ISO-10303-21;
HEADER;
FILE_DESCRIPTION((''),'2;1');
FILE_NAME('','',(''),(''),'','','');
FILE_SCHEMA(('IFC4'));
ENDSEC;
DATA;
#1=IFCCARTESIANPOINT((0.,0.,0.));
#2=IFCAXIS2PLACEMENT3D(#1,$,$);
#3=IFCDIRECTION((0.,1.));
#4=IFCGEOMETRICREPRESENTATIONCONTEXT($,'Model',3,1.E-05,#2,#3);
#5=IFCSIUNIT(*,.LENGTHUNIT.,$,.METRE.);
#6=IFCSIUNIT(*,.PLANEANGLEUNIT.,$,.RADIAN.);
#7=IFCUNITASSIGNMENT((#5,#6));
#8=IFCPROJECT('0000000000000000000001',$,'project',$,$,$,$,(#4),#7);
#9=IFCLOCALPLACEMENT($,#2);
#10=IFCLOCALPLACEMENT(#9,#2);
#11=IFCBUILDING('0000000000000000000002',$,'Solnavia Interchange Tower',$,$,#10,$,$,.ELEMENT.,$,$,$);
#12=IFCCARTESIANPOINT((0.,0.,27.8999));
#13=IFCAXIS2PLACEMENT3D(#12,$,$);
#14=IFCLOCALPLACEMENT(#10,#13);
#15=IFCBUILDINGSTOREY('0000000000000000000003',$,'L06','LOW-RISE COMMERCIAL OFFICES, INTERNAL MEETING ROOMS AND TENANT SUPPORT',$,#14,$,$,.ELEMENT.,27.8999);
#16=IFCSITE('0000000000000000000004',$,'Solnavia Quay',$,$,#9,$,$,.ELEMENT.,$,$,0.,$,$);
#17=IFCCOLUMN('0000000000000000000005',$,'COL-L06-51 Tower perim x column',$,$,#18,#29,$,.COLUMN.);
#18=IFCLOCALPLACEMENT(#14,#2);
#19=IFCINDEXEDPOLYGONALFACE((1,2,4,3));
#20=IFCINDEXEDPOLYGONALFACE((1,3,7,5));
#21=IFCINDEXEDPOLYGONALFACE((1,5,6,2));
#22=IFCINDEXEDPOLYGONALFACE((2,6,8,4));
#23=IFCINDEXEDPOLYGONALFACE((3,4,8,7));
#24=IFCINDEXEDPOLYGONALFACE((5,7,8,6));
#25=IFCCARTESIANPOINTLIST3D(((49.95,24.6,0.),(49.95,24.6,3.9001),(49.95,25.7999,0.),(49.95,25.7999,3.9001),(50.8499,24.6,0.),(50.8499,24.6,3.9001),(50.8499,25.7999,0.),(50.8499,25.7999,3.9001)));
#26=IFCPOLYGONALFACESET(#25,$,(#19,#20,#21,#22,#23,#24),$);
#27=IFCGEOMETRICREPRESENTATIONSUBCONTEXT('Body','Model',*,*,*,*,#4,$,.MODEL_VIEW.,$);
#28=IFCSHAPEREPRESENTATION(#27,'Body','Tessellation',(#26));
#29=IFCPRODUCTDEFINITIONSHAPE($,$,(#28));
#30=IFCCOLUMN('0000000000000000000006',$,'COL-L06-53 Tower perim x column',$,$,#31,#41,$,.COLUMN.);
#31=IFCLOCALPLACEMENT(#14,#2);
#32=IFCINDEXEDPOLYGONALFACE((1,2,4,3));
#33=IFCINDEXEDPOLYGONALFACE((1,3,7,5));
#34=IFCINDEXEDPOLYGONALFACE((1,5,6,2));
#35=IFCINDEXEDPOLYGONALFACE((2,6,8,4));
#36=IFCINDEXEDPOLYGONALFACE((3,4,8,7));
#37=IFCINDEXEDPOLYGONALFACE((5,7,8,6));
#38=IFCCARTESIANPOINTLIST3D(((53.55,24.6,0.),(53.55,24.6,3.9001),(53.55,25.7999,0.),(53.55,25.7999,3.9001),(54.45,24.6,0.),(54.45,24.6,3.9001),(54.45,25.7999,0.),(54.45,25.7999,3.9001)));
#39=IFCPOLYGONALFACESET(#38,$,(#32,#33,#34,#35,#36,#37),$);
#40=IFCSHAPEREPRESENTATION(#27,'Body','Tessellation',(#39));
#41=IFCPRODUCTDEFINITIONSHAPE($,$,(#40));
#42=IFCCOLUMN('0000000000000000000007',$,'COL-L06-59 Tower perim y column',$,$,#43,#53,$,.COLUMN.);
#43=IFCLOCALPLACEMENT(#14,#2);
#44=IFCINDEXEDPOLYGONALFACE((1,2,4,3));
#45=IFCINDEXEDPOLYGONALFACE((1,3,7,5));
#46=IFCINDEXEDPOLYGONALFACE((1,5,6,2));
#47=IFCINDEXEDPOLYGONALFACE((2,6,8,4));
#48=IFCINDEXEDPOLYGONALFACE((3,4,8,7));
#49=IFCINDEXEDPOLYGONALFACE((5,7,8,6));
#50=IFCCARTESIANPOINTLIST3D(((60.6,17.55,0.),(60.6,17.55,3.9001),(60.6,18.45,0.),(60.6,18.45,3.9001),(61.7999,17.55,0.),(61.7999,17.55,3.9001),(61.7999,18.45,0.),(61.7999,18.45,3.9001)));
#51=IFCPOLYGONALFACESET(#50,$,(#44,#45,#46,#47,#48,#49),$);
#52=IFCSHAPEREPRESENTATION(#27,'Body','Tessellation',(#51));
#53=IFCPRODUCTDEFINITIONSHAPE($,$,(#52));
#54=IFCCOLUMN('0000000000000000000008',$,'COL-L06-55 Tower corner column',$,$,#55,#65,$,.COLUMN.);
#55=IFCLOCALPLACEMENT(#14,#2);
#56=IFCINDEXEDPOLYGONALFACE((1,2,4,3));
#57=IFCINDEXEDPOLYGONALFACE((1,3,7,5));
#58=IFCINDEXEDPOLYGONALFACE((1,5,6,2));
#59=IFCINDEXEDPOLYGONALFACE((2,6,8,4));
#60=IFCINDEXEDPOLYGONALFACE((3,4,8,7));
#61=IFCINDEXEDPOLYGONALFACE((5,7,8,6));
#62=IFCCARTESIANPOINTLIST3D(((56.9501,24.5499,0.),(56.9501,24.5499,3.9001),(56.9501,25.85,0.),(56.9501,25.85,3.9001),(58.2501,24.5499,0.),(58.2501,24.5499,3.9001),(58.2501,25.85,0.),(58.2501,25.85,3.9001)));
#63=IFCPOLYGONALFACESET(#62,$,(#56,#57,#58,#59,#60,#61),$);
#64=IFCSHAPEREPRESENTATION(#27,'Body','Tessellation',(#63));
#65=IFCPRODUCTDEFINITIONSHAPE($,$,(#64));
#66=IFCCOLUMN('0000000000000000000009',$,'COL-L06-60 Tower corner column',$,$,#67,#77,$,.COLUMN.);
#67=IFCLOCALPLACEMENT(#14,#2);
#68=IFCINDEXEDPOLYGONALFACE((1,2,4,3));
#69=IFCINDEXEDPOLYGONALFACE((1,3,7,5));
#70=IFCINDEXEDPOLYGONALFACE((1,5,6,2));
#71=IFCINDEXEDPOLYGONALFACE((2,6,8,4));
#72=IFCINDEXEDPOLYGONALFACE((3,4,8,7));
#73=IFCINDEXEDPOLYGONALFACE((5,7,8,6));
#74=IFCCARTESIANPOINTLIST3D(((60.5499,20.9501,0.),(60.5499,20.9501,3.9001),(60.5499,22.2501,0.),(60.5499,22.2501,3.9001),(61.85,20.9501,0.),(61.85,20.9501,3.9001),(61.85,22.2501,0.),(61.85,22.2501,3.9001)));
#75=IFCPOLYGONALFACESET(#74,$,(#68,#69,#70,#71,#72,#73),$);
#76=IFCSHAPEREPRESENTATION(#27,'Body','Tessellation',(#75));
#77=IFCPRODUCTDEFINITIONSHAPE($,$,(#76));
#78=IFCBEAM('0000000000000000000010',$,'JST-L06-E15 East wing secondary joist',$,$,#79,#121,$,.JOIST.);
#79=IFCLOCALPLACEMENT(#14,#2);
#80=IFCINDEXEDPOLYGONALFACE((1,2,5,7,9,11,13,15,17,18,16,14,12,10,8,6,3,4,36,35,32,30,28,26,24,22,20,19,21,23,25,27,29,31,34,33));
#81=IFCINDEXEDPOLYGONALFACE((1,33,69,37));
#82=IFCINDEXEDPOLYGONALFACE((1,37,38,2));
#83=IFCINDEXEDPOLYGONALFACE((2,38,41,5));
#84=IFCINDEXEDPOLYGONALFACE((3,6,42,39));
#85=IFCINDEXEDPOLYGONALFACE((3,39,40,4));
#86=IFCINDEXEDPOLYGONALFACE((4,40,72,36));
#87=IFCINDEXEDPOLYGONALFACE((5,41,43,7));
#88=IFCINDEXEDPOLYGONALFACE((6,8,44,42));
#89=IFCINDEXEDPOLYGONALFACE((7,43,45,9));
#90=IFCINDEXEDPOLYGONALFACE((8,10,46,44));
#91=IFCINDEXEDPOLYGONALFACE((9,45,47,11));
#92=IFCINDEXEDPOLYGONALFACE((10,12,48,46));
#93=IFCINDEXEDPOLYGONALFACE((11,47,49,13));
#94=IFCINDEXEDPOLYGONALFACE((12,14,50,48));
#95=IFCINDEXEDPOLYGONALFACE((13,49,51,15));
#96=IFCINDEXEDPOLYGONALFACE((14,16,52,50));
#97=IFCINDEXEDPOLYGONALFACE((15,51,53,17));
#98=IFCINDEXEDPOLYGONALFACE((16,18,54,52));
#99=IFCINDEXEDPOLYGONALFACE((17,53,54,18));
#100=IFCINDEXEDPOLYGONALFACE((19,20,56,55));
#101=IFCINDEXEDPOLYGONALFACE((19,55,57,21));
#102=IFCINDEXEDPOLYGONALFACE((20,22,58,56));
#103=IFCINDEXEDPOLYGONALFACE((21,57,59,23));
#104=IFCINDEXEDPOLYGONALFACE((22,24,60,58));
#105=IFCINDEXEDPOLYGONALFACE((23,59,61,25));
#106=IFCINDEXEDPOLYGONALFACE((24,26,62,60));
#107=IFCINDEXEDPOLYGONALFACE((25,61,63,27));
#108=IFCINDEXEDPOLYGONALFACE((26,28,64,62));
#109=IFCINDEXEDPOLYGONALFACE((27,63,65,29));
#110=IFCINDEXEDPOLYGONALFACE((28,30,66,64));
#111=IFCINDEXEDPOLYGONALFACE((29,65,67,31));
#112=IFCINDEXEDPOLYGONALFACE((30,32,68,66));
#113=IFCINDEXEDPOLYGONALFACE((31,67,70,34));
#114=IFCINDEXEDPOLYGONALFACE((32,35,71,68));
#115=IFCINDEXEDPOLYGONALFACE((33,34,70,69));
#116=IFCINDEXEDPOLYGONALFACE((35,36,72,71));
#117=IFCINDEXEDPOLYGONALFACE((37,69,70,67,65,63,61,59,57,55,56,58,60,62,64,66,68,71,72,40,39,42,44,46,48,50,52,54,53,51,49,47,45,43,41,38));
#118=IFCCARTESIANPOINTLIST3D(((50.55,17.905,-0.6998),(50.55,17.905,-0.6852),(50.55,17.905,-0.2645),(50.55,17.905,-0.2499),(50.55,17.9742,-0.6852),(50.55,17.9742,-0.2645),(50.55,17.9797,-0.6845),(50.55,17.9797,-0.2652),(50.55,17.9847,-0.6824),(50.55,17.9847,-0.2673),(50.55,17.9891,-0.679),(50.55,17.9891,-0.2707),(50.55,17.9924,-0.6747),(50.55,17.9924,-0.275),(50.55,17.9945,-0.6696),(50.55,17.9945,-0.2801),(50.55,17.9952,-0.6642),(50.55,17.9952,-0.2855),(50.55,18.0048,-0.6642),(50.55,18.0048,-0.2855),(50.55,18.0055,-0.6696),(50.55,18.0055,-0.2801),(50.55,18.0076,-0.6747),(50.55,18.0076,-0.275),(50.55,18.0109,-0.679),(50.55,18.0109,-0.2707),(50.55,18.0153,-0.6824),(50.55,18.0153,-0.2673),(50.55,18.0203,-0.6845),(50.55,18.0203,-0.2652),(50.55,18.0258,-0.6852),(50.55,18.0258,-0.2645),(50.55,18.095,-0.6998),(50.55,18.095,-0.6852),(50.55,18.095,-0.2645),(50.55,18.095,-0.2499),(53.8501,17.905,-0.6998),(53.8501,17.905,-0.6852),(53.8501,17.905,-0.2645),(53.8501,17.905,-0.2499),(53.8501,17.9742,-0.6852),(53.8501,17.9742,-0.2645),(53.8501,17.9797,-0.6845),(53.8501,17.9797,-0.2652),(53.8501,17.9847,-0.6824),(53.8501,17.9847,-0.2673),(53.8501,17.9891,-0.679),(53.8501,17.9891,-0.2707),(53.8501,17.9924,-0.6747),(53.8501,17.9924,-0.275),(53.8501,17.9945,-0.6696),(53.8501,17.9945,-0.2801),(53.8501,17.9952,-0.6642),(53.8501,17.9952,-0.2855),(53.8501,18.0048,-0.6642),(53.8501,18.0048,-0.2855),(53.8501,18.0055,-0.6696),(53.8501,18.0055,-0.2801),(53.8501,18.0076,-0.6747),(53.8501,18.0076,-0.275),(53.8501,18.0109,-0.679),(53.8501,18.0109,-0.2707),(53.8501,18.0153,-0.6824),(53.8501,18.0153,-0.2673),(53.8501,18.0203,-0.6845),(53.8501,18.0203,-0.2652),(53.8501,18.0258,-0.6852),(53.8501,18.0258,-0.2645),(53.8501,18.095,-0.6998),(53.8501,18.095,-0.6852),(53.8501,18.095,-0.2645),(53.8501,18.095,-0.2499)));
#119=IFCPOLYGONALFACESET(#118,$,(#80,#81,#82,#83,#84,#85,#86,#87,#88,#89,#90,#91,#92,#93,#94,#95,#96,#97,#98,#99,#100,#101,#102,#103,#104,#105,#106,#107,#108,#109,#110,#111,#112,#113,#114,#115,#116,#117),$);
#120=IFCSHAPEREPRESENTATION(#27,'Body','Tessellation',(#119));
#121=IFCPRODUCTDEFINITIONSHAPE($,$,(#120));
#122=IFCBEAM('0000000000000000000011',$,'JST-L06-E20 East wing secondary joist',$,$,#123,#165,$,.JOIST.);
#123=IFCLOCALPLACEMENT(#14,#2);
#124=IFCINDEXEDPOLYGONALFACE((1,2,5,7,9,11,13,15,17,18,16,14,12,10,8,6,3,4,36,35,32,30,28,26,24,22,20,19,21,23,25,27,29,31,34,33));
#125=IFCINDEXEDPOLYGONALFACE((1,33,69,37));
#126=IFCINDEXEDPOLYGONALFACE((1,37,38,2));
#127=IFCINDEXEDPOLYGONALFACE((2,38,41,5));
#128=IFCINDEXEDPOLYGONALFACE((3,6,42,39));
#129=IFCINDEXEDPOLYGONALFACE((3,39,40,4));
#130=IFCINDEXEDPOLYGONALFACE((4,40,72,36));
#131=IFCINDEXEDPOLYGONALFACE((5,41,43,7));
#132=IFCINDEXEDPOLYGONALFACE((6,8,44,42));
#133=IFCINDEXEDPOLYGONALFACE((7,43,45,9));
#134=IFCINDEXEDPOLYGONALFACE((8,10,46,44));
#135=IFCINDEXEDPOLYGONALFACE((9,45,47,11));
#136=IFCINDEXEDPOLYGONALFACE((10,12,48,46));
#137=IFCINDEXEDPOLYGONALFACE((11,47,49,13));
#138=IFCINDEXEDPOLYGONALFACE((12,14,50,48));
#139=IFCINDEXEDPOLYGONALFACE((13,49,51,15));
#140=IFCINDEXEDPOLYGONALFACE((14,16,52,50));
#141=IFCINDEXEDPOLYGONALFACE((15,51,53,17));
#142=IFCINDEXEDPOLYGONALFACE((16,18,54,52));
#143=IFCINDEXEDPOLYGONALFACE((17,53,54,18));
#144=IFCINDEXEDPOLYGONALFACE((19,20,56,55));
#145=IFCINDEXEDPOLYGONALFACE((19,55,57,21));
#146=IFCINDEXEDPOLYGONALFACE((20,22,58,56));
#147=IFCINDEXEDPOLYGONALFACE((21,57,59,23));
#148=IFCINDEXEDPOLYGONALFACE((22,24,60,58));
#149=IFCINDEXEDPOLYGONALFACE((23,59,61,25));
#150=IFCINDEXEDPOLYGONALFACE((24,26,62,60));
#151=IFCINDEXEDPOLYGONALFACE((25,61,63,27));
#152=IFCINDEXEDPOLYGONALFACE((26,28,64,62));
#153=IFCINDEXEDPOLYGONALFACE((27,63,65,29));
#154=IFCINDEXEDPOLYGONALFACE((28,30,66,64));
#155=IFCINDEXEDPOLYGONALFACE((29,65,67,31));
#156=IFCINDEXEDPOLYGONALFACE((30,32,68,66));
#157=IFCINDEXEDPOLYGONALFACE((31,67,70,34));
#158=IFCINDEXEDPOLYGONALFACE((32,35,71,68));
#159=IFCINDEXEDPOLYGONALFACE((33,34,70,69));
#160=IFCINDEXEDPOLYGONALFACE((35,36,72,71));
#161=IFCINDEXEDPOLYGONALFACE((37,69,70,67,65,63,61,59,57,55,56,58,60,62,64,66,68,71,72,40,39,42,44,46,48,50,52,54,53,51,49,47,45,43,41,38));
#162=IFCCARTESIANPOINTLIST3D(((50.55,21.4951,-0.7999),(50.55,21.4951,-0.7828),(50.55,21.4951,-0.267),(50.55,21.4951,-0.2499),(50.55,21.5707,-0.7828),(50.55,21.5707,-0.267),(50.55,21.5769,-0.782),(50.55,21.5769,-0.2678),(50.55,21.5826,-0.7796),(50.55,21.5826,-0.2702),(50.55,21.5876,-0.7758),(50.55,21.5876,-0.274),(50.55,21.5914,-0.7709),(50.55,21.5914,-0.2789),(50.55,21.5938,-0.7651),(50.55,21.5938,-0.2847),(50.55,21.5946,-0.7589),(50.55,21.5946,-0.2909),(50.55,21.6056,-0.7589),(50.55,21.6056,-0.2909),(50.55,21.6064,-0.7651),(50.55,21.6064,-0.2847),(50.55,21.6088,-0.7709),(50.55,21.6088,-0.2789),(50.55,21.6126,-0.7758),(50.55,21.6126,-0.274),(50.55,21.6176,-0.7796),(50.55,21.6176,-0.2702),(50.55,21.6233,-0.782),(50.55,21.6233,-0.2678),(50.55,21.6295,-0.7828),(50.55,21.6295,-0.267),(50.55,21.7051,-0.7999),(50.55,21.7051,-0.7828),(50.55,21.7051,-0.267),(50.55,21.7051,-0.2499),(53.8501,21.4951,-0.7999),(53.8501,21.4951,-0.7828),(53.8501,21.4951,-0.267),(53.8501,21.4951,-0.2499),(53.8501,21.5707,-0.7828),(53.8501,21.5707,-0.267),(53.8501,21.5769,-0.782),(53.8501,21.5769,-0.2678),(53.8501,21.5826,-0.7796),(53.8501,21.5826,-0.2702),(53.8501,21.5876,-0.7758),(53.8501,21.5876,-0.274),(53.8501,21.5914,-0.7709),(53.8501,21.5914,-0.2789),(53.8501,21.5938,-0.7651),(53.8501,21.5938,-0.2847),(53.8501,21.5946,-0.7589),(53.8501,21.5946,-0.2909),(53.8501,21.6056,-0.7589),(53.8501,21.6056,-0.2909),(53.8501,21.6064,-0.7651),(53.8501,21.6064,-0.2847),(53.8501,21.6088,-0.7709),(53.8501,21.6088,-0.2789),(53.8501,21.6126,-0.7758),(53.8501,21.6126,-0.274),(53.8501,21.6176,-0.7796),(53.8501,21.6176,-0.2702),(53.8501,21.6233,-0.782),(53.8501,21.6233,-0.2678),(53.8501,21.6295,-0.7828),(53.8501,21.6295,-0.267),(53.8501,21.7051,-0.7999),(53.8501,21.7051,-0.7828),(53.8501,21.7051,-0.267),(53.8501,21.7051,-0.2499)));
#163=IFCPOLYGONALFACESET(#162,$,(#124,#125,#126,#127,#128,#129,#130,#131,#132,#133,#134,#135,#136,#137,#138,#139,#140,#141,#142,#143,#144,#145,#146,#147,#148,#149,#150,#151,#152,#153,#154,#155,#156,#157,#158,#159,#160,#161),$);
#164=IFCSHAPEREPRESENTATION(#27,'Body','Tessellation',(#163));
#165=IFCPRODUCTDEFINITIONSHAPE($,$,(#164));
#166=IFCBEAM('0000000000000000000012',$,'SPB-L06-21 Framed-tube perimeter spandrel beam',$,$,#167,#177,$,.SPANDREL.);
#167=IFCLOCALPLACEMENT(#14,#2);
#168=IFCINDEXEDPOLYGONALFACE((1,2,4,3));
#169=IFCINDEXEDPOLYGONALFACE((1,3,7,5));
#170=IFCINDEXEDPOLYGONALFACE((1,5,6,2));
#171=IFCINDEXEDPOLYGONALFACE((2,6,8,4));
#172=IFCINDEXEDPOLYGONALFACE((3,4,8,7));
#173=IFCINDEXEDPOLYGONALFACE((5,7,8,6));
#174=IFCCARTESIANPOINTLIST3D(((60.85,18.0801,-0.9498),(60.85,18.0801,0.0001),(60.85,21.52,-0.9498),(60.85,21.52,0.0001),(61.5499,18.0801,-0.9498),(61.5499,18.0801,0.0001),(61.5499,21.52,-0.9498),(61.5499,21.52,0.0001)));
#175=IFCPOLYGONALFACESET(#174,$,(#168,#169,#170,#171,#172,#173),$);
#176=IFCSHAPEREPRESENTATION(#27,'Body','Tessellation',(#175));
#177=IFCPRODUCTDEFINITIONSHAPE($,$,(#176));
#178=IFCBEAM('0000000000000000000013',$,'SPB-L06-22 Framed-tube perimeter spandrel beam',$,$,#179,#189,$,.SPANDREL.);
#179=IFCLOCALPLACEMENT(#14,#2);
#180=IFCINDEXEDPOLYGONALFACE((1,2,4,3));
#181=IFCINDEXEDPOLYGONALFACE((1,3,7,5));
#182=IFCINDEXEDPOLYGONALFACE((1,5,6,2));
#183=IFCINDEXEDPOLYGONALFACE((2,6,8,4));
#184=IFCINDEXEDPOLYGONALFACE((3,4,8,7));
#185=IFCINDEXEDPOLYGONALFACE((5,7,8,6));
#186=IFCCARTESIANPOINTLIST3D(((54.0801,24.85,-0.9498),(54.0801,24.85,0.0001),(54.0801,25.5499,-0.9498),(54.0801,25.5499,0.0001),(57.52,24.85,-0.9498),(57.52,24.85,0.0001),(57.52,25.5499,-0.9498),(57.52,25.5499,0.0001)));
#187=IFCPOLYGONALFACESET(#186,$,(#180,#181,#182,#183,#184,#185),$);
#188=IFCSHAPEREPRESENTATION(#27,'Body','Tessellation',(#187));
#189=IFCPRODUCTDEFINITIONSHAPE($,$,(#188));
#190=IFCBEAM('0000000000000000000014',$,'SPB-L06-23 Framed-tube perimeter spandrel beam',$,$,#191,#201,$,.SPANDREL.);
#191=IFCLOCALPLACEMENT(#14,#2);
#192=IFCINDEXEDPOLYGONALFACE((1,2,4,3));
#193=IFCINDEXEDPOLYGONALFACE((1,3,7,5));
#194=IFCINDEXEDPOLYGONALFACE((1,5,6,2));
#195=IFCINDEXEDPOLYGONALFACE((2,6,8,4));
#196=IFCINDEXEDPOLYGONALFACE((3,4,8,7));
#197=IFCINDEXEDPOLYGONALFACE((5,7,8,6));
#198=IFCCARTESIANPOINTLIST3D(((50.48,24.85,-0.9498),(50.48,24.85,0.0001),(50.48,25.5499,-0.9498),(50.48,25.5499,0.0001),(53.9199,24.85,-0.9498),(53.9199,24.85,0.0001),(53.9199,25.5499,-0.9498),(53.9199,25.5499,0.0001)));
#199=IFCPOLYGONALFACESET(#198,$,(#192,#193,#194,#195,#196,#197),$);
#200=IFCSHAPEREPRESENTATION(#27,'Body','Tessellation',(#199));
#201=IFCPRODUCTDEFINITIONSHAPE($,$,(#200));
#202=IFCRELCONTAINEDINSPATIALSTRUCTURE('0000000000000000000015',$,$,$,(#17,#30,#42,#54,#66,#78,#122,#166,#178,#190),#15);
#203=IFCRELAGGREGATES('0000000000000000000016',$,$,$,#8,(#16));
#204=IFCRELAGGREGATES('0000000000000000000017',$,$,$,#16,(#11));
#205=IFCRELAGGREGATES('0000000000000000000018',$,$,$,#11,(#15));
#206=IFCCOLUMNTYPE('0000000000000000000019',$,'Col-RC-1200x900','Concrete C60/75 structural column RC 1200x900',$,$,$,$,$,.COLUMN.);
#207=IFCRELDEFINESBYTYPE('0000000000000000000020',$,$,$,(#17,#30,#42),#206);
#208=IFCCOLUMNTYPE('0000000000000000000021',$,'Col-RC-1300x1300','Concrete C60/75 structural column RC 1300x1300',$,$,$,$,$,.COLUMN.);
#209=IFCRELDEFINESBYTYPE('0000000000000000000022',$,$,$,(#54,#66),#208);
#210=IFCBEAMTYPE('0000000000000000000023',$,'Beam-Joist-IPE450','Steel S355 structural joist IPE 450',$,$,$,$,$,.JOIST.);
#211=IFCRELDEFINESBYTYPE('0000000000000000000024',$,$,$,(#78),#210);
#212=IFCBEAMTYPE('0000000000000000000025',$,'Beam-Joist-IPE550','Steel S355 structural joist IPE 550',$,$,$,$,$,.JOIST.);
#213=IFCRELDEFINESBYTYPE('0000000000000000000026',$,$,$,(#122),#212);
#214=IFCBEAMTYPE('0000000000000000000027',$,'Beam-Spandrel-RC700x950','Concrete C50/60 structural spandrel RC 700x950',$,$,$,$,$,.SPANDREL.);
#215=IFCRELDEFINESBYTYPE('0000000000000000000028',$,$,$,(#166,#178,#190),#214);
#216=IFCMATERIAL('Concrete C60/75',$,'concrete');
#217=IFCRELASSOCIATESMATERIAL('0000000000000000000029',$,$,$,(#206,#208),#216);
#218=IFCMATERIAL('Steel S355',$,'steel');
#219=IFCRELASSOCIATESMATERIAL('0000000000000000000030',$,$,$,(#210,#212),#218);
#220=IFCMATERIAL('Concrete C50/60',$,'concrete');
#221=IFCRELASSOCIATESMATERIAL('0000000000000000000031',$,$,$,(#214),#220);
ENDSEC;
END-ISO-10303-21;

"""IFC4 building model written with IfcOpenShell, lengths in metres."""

from ifc_helpers import new_model, si_unit, direction, frame, origin, origin_2d, place, context, subcontext, project, spatial, rectangle, i_section, extrude, material, material_profile, profile_set, type_object, element, save


model = new_model("IFC4")

# Units and contexts
model_context = context("Model", 3, precision=1e-05, world=origin(), true_north=direction((0.0, 1.0)))
body_context = subcontext(model_context, "Body", "Model", "MODEL_VIEW")
ifc_project = project(units=[si_unit("LENGTHUNIT", "METRE"), si_unit("PLANEANGLEUNIT", "RADIAN")], contexts=[model_context])

# Site, building, storey
site_placement = place(None, origin())
site = spatial("IfcSite", under=ifc_project, at=site_placement, Name="Solnavia Quay", CompositionType="ELEMENT", RefElevation=0.0)
building_placement = place(site_placement, origin())
building = spatial("IfcBuilding", under=site, at=building_placement, Name="Solnavia Interchange Tower", CompositionType="ELEMENT")
storey_placement = place(building_placement, frame((0.0, 0.0, 27.8999)))
storey = spatial("IfcBuildingStorey", under=building, at=storey_placement, Name="L06", Description="LOW-RISE COMMERCIAL OFFICES, INTERNAL MEETING ROOMS AND TENANT SUPPORT", CompositionType="ELEMENT", Elevation=27.8999)

# Columns
ifc_material_1 = material(Name="Concrete C60/75", Category="concrete")
ifc_material_profile_1 = material_profile(ifc_material_1, rectangle(XDim=0.8999, YDim=1.2, at=origin_2d()), Name="RC 1200x900")
ifc_profile_set_1 = profile_set([ifc_material_profile_1], Name="Concrete C60/75")
column_type_1 = type_object("IfcColumnType", Name="Col-RC-1200x900", Description="Concrete C60/75 structural column RC 1200x900", PredefinedType="COLUMN", material=ifc_profile_set_1)
for number, where, z_axis, x_axis, name in (
    (1, (50.3999, 25.2, 0.0), (0.0, 0.0, 1.0), (1.0, 0.0, 0.0), "COL-L06-51 Tower perim x column"),
    (2, (54.0, 25.2, 0.0), (0.0, 0.0, 1.0), (1.0, 0.0, 0.0), "COL-L06-53 Tower perim x column"),
    (3, (61.2, 18.0, 0.0), (0.0, 0.0, 1.0), (0.0, 1.0, 0.0), "COL-L06-59 Tower perim y column"),
):
    element("IfcColumn", number, at=place(storey_placement, frame(where, z_axis=z_axis, x_axis=x_axis)), inside=storey, type_object=column_type_1, Name=name, PredefinedType="COLUMN", context=body_context, shape_type="SweptSolid", body=[
        extrude(rectangle(XDim=0.8999, YDim=1.2, at=origin_2d()), origin(), (0.0, 0.0, 1.0), 3.9001),
    ])
ifc_material_profile_2 = material_profile(ifc_material_1, rectangle(XDim=1.3, YDim=1.3, at=origin_2d()), Name="RC 1300x1300")
ifc_profile_set_2 = profile_set([ifc_material_profile_2], Name="Concrete C60/75")
column_type_2 = type_object("IfcColumnType", Name="Col-RC-1300x1300", Description="Concrete C60/75 structural column RC 1300x1300", PredefinedType="COLUMN", material=ifc_profile_set_2)
for number, where, z_axis, x_axis, name in (
    (4, (57.6001, 25.2, 0.0), (0.0, 0.0, 1.0), (1.0, 0.0, 0.0), "COL-L06-55 Tower corner column"),
    (5, (61.2, 21.6001, 0.0), (0.0, 0.0, 1.0), (0.0, 1.0, 0.0), "COL-L06-60 Tower corner column"),
):
    element("IfcColumn", number, at=place(storey_placement, frame(where, z_axis=z_axis, x_axis=x_axis)), inside=storey, type_object=column_type_2, Name=name, PredefinedType="COLUMN", context=body_context, shape_type="SweptSolid", body=[
        extrude(rectangle(XDim=1.3, YDim=1.3, at=origin_2d()), origin(), (0.0, 0.0, 1.0), 3.9001),
    ])

# Beams
ifc_material_2 = material(Name="Steel S355", Category="steel")
ifc_material_profile_3 = material_profile(ifc_material_2, i_section(OverallWidth=0.1899, OverallDepth=0.45, WebThickness=0.0095, FlangeThickness=0.0146, FilletRadius=0.021, at=origin_2d()), Name="IPE 450")
ifc_profile_set_3 = profile_set([ifc_material_profile_3], Name="Steel S355")
beam_type_1 = type_object("IfcBeamType", Name="Beam-Joist-IPE450", Description="Steel S355 structural joist IPE 450", PredefinedType="JOIST", material=ifc_profile_set_3)
beam_1_placement = place(storey_placement, frame((50.55, 18.0, -0.4749), z_axis=(1.0, 0.0, 0.0), x_axis=(0.0, 1.0, 0.0)))
element("IfcBeam", 6, at=beam_1_placement, inside=storey, type_object=beam_type_1, Name="JST-L06-E15 East wing secondary joist", PredefinedType="JOIST", context=body_context, shape_type="SweptSolid", body=[
    extrude(i_section(OverallWidth=0.1899, OverallDepth=0.45, WebThickness=0.0095, FlangeThickness=0.0146, FilletRadius=0.021, at=origin_2d()), origin(), (0.0, 0.0, 1.0), 3.3),
])
ifc_material_profile_4 = material_profile(ifc_material_2, i_section(OverallWidth=0.21, OverallDepth=0.55, WebThickness=0.011, FlangeThickness=0.0171, FilletRadius=0.0239, at=origin_2d()), Name="IPE 550")
ifc_profile_set_4 = profile_set([ifc_material_profile_4], Name="Steel S355")
beam_type_2 = type_object("IfcBeamType", Name="Beam-Joist-IPE550", Description="Steel S355 structural joist IPE 550", PredefinedType="JOIST", material=ifc_profile_set_4)
beam_2_placement = place(storey_placement, frame((50.55, 21.6001, -0.5249), z_axis=(1.0, 0.0, 0.0), x_axis=(0.0, 1.0, 0.0)))
element("IfcBeam", 7, at=beam_2_placement, inside=storey, type_object=beam_type_2, Name="JST-L06-E20 East wing secondary joist", PredefinedType="JOIST", context=body_context, shape_type="SweptSolid", body=[
    extrude(i_section(OverallWidth=0.21, OverallDepth=0.55, WebThickness=0.011, FlangeThickness=0.0171, FilletRadius=0.0239, at=origin_2d()), origin(), (0.0, 0.0, 1.0), 3.3),
])
ifc_material_3 = material(Name="Concrete C50/60", Category="concrete")
ifc_material_profile_5 = material_profile(ifc_material_3, rectangle(XDim=0.7, YDim=0.95, at=origin_2d()), Name="RC 700x950")
ifc_profile_set_5 = profile_set([ifc_material_profile_5], Name="Concrete C50/60")
beam_type_3 = type_object("IfcBeamType", Name="Beam-Spandrel-RC700x950", Description="Concrete C50/60 structural spandrel RC 700x950", PredefinedType="SPANDREL", material=ifc_profile_set_5)
for number, where, z_axis, x_axis, name in (
    (8, (61.2, 18.0801, -0.4749), (0.0, 1.0, 0.0), (-1.0, 0.0, 0.0), "SPB-L06-21 Framed-tube perimeter spandrel beam"),
    (9, (57.52, 25.2, -0.4749), (-1.0, 0.0, 0.0), (0.0, -1.0, 0.0), "SPB-L06-22 Framed-tube perimeter spandrel beam"),
    (10, (53.9199, 25.2, -0.4749), (-1.0, 0.0, 0.0), (0.0, -1.0, 0.0), "SPB-L06-23 Framed-tube perimeter spandrel beam"),
):
    element("IfcBeam", number, at=place(storey_placement, frame(where, z_axis=z_axis, x_axis=x_axis)), inside=storey, type_object=beam_type_3, Name=name, PredefinedType="SPANDREL", context=body_context, shape_type="SweptSolid", body=[
        extrude(rectangle(XDim=0.7, YDim=0.95, at=origin_2d()), origin(), (0.0, 0.0, 1.0), 3.4399),
    ])

save(model, "model.ifc")
